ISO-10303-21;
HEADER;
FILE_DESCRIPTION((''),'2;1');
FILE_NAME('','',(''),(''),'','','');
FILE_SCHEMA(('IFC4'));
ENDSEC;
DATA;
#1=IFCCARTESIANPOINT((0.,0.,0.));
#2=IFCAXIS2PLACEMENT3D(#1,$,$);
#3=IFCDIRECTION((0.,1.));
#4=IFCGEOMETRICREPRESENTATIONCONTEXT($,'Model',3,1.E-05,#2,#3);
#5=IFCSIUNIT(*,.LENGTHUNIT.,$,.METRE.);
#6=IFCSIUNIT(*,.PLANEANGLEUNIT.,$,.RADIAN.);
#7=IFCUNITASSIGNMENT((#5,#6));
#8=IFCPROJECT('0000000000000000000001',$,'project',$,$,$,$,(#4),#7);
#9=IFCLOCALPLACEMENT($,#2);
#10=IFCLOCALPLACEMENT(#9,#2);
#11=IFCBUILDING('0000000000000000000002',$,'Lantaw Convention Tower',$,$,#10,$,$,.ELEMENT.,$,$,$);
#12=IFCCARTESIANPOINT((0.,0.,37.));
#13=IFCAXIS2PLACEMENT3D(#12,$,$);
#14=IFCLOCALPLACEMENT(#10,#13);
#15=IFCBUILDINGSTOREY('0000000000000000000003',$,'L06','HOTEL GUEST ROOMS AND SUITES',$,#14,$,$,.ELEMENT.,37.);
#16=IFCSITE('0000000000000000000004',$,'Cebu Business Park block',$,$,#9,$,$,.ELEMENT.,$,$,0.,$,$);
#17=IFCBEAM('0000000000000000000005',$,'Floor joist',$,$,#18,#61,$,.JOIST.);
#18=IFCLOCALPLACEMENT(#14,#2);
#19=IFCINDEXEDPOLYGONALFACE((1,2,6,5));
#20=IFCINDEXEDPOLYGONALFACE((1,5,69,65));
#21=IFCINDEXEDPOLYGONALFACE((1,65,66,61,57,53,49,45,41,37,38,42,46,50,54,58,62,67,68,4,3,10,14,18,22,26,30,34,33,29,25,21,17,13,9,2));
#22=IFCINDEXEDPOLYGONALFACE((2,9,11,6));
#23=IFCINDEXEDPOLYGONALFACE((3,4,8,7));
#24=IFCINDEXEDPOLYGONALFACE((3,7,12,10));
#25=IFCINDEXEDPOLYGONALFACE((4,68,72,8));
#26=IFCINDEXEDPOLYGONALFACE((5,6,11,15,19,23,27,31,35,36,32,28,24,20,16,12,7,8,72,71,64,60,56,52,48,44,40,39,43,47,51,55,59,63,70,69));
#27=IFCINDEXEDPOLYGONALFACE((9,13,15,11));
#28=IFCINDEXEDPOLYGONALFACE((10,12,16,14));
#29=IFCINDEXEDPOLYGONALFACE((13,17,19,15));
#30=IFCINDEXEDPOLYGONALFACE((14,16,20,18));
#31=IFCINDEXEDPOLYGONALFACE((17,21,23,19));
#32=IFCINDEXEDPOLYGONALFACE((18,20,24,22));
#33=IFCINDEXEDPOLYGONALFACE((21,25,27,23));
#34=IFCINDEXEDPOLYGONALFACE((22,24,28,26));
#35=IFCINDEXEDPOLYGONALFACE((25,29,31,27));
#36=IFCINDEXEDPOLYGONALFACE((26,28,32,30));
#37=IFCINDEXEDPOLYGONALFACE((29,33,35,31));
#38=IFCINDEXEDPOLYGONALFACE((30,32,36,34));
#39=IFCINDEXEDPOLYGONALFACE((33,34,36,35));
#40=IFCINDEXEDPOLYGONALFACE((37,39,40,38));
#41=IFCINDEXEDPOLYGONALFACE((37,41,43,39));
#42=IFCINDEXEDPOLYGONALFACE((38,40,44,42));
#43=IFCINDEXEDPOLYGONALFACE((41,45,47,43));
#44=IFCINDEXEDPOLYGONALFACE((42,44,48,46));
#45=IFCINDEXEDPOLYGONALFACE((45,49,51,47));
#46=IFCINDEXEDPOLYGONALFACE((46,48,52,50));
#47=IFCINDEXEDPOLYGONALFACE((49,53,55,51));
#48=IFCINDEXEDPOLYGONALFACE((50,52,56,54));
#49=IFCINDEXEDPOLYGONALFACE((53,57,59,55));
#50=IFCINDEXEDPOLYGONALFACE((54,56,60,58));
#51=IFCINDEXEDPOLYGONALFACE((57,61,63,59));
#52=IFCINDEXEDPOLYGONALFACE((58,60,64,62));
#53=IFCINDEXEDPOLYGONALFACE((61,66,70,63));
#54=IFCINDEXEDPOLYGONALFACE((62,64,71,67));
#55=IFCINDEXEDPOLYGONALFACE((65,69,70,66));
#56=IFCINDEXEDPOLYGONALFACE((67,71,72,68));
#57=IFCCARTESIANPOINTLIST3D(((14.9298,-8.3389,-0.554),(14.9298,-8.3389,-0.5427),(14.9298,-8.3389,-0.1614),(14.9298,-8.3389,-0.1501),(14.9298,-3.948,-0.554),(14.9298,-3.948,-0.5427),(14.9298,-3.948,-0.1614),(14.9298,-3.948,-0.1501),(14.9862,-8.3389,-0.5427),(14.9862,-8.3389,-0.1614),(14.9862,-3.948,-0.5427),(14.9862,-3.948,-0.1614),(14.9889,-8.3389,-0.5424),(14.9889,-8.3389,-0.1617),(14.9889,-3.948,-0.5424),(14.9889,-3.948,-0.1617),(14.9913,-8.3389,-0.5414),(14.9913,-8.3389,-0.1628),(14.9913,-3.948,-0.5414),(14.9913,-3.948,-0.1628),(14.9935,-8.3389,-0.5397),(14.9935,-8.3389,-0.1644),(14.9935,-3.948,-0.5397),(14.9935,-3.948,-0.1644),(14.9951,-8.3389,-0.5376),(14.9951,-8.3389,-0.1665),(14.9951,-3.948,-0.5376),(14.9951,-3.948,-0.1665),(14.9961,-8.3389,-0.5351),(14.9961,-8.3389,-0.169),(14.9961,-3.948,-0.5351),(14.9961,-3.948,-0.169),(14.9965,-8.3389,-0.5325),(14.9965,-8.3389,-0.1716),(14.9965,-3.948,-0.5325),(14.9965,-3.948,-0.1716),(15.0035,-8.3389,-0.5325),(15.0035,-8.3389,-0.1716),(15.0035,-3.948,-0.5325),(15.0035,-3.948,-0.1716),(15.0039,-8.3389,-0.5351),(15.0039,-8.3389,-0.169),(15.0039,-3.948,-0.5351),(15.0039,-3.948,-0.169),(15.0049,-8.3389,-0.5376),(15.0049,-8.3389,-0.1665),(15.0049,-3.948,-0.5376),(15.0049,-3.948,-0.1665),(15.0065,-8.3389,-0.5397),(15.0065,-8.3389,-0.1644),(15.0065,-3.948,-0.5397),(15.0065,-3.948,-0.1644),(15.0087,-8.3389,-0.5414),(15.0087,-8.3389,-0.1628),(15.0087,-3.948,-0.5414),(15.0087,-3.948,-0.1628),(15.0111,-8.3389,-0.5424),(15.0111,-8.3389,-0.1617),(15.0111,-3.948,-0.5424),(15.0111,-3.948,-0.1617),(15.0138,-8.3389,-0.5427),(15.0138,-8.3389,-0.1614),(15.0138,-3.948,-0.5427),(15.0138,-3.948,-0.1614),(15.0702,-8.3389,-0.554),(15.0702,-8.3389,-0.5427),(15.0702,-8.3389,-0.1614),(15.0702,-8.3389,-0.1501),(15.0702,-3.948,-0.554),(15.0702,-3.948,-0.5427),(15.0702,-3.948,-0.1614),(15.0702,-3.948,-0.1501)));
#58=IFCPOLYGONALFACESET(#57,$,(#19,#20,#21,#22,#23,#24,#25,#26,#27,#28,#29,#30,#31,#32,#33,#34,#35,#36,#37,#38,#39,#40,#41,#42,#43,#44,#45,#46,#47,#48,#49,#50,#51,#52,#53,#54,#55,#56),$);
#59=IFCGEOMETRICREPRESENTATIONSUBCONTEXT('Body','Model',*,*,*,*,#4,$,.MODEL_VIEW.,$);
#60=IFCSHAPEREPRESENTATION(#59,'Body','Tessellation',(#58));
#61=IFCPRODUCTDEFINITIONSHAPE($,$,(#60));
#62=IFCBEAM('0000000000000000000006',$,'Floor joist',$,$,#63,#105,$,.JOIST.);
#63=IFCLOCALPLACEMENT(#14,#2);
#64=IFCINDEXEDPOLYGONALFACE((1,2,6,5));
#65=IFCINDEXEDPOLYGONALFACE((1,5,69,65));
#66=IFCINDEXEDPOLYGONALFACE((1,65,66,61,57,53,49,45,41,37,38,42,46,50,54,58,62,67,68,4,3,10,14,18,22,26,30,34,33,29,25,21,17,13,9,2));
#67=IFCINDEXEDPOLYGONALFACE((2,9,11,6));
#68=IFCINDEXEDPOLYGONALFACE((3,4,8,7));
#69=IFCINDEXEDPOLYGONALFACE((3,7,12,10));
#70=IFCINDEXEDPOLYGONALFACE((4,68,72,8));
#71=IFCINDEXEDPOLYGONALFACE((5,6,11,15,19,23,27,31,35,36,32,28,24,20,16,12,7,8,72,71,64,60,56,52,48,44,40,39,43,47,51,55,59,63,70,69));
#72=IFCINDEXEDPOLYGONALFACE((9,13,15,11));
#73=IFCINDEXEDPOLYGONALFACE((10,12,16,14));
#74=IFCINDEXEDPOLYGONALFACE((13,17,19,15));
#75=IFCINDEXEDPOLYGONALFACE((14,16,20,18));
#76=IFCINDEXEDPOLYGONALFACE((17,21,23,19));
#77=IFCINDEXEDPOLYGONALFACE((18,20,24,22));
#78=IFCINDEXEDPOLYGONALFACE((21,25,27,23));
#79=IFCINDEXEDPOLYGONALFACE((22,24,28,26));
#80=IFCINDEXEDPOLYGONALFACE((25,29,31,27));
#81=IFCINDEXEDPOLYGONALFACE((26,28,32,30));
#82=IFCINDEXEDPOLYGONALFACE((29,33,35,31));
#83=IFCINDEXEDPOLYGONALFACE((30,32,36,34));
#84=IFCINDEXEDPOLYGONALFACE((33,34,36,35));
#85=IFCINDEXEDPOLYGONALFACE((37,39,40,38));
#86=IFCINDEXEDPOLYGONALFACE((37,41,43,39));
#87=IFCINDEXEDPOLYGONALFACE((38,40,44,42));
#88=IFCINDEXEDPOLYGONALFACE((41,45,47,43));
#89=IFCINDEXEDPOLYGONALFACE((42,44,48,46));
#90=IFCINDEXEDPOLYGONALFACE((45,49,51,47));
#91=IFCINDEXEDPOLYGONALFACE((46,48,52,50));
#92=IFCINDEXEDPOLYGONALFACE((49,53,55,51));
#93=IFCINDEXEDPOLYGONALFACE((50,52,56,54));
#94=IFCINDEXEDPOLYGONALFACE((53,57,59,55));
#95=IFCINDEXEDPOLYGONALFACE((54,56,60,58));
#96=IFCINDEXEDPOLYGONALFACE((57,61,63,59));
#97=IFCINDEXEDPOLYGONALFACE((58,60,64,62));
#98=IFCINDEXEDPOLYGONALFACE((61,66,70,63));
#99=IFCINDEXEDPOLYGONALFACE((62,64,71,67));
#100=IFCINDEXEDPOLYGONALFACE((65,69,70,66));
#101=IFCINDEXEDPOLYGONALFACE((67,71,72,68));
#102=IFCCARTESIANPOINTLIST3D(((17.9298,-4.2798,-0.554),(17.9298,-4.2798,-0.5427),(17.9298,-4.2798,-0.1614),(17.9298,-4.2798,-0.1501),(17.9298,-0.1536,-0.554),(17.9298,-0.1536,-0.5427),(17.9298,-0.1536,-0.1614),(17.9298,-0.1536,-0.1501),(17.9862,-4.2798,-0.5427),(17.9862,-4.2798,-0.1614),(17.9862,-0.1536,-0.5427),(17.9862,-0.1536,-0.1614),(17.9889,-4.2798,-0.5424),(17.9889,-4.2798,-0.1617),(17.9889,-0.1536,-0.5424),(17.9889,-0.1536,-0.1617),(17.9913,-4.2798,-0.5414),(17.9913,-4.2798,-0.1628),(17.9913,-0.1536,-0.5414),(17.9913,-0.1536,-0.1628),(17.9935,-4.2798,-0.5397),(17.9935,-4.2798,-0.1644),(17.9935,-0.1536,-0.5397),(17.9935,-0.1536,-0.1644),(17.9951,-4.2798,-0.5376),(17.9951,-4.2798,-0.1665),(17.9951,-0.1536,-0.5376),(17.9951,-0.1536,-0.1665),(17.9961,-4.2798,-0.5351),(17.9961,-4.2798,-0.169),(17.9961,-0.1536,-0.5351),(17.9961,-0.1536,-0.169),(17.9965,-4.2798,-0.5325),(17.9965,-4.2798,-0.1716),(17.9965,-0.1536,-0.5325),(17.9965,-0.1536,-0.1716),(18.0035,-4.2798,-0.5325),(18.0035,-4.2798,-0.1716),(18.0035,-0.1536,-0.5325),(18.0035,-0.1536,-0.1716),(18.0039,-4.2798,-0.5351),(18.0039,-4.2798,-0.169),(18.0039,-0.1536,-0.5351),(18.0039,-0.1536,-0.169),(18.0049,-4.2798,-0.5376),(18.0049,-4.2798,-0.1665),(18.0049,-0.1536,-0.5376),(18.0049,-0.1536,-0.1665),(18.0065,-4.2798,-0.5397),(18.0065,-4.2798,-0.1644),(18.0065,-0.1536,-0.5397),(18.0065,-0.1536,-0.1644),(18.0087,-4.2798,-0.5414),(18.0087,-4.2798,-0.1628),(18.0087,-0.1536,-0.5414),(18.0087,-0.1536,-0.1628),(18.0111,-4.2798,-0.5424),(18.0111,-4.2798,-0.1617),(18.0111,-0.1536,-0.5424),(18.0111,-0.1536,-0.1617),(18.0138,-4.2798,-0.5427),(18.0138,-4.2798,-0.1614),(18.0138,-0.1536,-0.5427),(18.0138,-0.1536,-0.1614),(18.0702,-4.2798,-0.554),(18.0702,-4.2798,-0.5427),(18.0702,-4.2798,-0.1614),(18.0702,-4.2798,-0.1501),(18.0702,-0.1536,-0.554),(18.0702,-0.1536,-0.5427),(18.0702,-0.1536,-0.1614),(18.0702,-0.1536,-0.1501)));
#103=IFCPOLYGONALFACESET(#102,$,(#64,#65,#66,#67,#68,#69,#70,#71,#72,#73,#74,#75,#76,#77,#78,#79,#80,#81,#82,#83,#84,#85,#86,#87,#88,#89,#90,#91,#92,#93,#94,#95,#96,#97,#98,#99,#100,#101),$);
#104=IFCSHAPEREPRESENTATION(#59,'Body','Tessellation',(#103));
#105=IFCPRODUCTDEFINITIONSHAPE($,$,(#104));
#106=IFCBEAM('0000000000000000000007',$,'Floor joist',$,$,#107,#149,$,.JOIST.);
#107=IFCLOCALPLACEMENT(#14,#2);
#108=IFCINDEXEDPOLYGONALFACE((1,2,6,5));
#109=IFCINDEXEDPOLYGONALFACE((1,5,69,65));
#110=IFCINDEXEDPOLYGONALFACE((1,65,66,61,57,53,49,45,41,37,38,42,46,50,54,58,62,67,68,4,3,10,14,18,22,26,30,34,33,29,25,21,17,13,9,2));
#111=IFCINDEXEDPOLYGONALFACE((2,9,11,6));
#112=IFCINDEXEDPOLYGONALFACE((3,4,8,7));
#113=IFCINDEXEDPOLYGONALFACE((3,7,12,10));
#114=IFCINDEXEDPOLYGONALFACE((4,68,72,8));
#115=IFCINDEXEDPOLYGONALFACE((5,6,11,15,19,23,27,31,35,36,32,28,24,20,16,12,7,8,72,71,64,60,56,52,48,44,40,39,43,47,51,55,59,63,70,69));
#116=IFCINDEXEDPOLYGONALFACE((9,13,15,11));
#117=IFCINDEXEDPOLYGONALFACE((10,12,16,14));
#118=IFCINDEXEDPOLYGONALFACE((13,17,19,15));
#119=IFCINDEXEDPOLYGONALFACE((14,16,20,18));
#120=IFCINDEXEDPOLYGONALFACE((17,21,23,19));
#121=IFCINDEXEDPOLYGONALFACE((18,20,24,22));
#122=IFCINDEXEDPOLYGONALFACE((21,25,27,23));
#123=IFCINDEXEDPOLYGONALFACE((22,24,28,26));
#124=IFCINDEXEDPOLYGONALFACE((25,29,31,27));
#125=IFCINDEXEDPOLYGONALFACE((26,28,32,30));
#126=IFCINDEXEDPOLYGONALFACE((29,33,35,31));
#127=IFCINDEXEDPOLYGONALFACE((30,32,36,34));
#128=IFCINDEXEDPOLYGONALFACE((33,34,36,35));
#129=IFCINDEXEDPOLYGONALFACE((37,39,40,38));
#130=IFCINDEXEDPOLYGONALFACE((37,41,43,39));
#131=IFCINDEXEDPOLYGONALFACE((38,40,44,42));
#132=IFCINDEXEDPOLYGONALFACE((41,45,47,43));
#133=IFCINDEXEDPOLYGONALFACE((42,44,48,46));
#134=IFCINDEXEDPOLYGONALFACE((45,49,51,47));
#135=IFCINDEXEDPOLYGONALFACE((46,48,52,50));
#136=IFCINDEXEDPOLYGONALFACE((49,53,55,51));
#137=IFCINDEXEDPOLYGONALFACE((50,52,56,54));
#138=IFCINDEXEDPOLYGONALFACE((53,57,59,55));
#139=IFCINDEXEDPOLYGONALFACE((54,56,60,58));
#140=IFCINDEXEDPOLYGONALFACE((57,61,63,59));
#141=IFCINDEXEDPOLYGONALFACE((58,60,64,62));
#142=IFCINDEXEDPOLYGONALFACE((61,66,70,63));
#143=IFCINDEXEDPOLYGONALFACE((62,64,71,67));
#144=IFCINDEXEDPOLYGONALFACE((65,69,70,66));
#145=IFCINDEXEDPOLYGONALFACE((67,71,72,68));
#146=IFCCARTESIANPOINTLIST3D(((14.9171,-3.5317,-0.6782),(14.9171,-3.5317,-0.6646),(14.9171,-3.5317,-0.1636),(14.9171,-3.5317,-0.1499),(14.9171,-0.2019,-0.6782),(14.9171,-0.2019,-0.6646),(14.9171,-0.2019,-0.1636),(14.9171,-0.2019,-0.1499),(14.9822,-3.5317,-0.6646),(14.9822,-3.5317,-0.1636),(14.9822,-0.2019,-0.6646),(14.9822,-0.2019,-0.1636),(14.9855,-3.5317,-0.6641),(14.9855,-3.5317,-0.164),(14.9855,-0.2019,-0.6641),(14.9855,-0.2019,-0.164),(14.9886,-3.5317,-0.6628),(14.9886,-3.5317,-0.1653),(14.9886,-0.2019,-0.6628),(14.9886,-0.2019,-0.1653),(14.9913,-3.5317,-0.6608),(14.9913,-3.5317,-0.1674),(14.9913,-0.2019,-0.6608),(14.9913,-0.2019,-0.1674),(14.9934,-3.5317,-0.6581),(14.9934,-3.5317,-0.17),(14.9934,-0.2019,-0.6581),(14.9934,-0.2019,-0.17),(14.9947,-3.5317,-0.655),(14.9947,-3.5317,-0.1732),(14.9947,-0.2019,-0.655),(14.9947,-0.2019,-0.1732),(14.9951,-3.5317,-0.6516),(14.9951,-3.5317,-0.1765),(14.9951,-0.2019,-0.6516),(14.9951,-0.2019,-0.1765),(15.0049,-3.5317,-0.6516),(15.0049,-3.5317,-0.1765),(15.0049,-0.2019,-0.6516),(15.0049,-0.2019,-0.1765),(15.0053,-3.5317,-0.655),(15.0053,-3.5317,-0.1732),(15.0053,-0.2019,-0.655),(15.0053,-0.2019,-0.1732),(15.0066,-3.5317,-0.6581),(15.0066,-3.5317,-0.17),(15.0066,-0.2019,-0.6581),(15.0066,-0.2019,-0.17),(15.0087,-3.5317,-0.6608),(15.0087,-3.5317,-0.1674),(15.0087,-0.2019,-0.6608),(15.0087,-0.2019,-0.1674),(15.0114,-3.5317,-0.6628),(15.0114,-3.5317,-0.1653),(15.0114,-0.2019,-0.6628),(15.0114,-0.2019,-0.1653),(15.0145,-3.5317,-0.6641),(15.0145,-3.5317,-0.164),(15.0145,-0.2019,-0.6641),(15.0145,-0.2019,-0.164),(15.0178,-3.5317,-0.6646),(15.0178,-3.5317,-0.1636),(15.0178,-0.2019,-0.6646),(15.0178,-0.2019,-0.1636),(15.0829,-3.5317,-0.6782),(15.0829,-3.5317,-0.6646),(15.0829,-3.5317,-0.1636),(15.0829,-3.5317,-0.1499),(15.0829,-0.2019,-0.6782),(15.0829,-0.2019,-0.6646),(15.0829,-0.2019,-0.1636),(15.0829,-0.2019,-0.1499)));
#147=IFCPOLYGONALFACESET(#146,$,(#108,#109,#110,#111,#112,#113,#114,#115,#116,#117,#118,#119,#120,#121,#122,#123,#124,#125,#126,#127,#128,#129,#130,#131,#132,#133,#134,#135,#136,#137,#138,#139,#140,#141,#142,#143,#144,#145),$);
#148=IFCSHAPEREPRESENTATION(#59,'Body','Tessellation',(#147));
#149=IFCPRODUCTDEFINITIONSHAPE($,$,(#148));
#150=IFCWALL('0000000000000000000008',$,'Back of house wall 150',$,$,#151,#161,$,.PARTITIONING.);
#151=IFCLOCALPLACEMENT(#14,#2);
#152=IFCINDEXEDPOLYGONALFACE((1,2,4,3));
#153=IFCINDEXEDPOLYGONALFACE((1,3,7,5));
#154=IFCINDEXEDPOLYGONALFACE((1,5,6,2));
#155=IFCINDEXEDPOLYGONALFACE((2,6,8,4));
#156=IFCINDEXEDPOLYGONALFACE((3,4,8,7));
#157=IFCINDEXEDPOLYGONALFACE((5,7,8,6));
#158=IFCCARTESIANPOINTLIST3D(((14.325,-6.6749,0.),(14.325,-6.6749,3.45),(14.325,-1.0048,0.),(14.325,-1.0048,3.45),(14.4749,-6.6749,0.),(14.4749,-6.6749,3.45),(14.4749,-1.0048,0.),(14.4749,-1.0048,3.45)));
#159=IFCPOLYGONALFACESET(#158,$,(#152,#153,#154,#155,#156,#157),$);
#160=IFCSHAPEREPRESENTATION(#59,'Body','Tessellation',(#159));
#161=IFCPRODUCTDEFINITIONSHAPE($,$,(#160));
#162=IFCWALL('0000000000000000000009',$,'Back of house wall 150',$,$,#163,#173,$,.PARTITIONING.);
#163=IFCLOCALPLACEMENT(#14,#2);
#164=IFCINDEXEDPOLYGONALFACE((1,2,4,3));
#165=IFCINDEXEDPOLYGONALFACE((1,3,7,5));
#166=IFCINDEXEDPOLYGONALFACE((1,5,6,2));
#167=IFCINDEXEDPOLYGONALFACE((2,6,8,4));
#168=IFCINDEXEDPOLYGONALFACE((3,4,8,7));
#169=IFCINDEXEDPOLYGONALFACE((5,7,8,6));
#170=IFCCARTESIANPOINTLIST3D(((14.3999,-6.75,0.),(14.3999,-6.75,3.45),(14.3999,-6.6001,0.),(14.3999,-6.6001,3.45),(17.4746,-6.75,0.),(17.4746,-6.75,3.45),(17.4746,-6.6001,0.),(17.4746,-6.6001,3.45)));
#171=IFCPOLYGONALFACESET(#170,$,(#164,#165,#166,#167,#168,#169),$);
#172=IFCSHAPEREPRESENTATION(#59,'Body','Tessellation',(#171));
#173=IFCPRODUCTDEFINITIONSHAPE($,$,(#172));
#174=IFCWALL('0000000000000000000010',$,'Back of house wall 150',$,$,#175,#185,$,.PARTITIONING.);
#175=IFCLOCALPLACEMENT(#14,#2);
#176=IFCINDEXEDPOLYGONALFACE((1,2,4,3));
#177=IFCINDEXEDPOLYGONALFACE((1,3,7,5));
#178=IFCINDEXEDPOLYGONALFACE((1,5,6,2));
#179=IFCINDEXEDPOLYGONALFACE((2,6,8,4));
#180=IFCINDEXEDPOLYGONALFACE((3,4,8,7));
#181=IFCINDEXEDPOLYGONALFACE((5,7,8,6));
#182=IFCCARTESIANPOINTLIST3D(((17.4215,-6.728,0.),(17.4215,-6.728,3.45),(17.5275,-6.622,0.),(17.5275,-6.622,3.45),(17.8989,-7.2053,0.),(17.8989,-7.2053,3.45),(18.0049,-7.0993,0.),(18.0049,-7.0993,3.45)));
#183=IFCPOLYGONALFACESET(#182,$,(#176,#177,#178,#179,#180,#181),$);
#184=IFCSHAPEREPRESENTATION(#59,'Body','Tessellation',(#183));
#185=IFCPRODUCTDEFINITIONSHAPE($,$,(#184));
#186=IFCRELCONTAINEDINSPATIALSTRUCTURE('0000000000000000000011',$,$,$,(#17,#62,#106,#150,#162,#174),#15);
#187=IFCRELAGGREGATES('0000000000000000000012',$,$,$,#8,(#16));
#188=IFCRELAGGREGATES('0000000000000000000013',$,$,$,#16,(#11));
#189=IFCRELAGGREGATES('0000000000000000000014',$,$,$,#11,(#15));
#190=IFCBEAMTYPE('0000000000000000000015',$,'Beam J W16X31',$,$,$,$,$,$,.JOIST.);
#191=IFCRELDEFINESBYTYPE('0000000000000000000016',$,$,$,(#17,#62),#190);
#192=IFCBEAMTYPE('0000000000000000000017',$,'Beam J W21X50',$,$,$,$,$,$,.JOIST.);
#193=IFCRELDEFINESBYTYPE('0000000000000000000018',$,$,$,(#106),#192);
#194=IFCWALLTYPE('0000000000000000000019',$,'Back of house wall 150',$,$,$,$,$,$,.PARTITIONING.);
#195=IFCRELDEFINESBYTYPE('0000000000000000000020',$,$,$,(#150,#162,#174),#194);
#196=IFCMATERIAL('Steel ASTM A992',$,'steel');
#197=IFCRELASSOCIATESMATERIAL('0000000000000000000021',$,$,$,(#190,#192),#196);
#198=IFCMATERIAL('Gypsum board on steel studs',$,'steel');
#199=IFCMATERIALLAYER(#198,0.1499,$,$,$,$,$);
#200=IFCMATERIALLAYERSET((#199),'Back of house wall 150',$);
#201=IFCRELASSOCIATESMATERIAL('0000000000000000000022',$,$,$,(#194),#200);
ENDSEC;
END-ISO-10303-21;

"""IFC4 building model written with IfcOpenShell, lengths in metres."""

from ifc_helpers import new_model, si_unit, direction, frame, frame_2d, origin, origin_2d, place, context, subcontext, project, spatial, rectangle, i_section, extrude, material, layer, layer_set, material_profile, profile_set, type_object, element, save


model = new_model("IFC4")

# Units and contexts
model_context = context("Model", 3, precision=1e-05, world=origin(), true_north=direction((0.0, 1.0)))
body_context = subcontext(model_context, "Body", "Model", "MODEL_VIEW")
ifc_project = project(units=[si_unit("LENGTHUNIT", "METRE"), si_unit("PLANEANGLEUNIT", "RADIAN")], contexts=[model_context])

# Site, building, storey
site_placement = place(None, origin())
site = spatial("IfcSite", under=ifc_project, at=site_placement, Name="Cebu Business Park block", CompositionType="ELEMENT", RefElevation=0.0)
building_placement = place(site_placement, origin())
building = spatial("IfcBuilding", under=site, at=building_placement, Name="Lantaw Convention Tower", CompositionType="ELEMENT")
storey_placement = place(building_placement, frame((0.0, 0.0, 37.0)))
storey = spatial("IfcBuildingStorey", under=building, at=storey_placement, Name="L06", Description="HOTEL GUEST ROOMS AND SUITES", CompositionType="ELEMENT", Elevation=37.0)

# Beams
ifc_material_1 = material(Name="Steel ASTM A992", Category="steel")
ifc_material_profile_1 = material_profile(ifc_material_1, i_section(OverallWidth=0.1404, OverallDepth=0.4038, WebThickness=0.0071, FlangeThickness=0.0112, FilletRadius=0.0103, at=origin_2d()), Name="W16X31")
ifc_profile_set_1 = profile_set([ifc_material_profile_1], Name="Steel ASTM A992")
beam_type_1 = type_object("IfcBeamType", Name="Beam J W16X31", PredefinedType="JOIST", material=ifc_profile_set_1)
beam_1_placement = place(storey_placement, frame((15.0, -8.3389, -0.3521), z_axis=(0.0, 1.0, 0.0), x_axis=(-1.0, 0.0, 0.0)))
element("IfcBeam", 1, at=beam_1_placement, inside=storey, type_object=beam_type_1, Name="Floor joist", PredefinedType="JOIST", context=body_context, shape_type="SweptSolid", body=[
    extrude(i_section(OverallWidth=0.1404, OverallDepth=0.4038, WebThickness=0.0071, FlangeThickness=0.0112, FilletRadius=0.0103, at=origin_2d()), origin(), (0.0, 0.0, 1.0), 4.3909),
])
beam_2_placement = place(storey_placement, frame((18.0, -4.2798, -0.3521), z_axis=(0.0, 1.0, 0.0), x_axis=(-1.0, 0.0, 0.0)))
element("IfcBeam", 2, at=beam_2_placement, inside=storey, type_object=beam_type_1, Name="Floor joist", PredefinedType="JOIST", context=body_context, shape_type="SweptSolid", body=[
    extrude(i_section(OverallWidth=0.1404, OverallDepth=0.4038, WebThickness=0.0071, FlangeThickness=0.0112, FilletRadius=0.0103, at=origin_2d()), origin(), (0.0, 0.0, 1.0), 4.1262),
])
ifc_material_profile_2 = material_profile(ifc_material_1, i_section(OverallWidth=0.1658, OverallDepth=0.5283, WebThickness=0.0098, FlangeThickness=0.0137, FilletRadius=0.0129, at=origin_2d()), Name="W21X50")
ifc_profile_set_2 = profile_set([ifc_material_profile_2], Name="Steel ASTM A992")
beam_type_2 = type_object("IfcBeamType", Name="Beam J W21X50", PredefinedType="JOIST", material=ifc_profile_set_2)
beam_3_placement = place(storey_placement, frame((15.0, -3.5317, -0.4141), z_axis=(0.0, 1.0, 0.0), x_axis=(-1.0, 0.0, 0.0)))
element("IfcBeam", 3, at=beam_3_placement, inside=storey, type_object=beam_type_2, Name="Floor joist", PredefinedType="JOIST", context=body_context, shape_type="SweptSolid", body=[
    extrude(i_section(OverallWidth=0.1658, OverallDepth=0.5283, WebThickness=0.0098, FlangeThickness=0.0137, FilletRadius=0.0129, at=origin_2d()), origin(), (0.0, 0.0, 1.0), 3.3298),
])

# Walls
ifc_material_2 = material(Name="Gypsum board on steel studs", Category="steel")
ifc_layer_1 = layer(ifc_material_2, 0.1499)
ifc_layer_set_1 = layer_set([ifc_layer_1], Name="Back of house wall 150")
wall_type_1 = type_object("IfcWallType", Name="Back of house wall 150", PredefinedType="PARTITIONING", material=ifc_layer_set_1)
wall_1_placement = place(storey_placement, frame((14.3999, -1.0049, 0.0), z_axis=(0.0, 0.0, 1.0), x_axis=(0.0, -1.0, 0.0)))
element("IfcWall", 4, at=wall_1_placement, inside=storey, type_object=wall_type_1, Name="Back of house wall 150", PredefinedType="PARTITIONING", context=body_context, shape_type="SweptSolid", body=[
    extrude(rectangle(XDim=5.6702, YDim=0.1499, at=frame_2d((2.835, 0.0))), origin(), (0.0, 0.0, 1.0), 3.45),
])
wall_2_placement = place(storey_placement, frame((14.3999, -6.675, 0.0), z_axis=(0.0, 0.0, 1.0), x_axis=(1.0, 0.0, 0.0)))
element("IfcWall", 5, at=wall_2_placement, inside=storey, type_object=wall_type_1, Name="Back of house wall 150", PredefinedType="PARTITIONING", context=body_context, shape_type="SweptSolid", body=[
    extrude(rectangle(XDim=3.0747, YDim=0.1499, at=frame_2d((1.5374, 0.0))), origin(), (0.0, 0.0, 1.0), 3.45),
])
wall_3_placement = place(storey_placement, frame((17.4746, -6.675, 0.0), z_axis=(0.0, 0.0, 1.0), x_axis=(0.707107, -0.707107, 0.0)))
element("IfcWall", 6, at=wall_3_placement, inside=storey, type_object=wall_type_1, Name="Back of house wall 150", PredefinedType="PARTITIONING", context=body_context, shape_type="SweptSolid", body=[
    extrude(rectangle(XDim=0.675, YDim=0.1499, at=frame_2d((0.3374, 0.0))), origin(), (0.0, 0.0, 1.0), 3.45),
])

save(model, "model.ifc")
